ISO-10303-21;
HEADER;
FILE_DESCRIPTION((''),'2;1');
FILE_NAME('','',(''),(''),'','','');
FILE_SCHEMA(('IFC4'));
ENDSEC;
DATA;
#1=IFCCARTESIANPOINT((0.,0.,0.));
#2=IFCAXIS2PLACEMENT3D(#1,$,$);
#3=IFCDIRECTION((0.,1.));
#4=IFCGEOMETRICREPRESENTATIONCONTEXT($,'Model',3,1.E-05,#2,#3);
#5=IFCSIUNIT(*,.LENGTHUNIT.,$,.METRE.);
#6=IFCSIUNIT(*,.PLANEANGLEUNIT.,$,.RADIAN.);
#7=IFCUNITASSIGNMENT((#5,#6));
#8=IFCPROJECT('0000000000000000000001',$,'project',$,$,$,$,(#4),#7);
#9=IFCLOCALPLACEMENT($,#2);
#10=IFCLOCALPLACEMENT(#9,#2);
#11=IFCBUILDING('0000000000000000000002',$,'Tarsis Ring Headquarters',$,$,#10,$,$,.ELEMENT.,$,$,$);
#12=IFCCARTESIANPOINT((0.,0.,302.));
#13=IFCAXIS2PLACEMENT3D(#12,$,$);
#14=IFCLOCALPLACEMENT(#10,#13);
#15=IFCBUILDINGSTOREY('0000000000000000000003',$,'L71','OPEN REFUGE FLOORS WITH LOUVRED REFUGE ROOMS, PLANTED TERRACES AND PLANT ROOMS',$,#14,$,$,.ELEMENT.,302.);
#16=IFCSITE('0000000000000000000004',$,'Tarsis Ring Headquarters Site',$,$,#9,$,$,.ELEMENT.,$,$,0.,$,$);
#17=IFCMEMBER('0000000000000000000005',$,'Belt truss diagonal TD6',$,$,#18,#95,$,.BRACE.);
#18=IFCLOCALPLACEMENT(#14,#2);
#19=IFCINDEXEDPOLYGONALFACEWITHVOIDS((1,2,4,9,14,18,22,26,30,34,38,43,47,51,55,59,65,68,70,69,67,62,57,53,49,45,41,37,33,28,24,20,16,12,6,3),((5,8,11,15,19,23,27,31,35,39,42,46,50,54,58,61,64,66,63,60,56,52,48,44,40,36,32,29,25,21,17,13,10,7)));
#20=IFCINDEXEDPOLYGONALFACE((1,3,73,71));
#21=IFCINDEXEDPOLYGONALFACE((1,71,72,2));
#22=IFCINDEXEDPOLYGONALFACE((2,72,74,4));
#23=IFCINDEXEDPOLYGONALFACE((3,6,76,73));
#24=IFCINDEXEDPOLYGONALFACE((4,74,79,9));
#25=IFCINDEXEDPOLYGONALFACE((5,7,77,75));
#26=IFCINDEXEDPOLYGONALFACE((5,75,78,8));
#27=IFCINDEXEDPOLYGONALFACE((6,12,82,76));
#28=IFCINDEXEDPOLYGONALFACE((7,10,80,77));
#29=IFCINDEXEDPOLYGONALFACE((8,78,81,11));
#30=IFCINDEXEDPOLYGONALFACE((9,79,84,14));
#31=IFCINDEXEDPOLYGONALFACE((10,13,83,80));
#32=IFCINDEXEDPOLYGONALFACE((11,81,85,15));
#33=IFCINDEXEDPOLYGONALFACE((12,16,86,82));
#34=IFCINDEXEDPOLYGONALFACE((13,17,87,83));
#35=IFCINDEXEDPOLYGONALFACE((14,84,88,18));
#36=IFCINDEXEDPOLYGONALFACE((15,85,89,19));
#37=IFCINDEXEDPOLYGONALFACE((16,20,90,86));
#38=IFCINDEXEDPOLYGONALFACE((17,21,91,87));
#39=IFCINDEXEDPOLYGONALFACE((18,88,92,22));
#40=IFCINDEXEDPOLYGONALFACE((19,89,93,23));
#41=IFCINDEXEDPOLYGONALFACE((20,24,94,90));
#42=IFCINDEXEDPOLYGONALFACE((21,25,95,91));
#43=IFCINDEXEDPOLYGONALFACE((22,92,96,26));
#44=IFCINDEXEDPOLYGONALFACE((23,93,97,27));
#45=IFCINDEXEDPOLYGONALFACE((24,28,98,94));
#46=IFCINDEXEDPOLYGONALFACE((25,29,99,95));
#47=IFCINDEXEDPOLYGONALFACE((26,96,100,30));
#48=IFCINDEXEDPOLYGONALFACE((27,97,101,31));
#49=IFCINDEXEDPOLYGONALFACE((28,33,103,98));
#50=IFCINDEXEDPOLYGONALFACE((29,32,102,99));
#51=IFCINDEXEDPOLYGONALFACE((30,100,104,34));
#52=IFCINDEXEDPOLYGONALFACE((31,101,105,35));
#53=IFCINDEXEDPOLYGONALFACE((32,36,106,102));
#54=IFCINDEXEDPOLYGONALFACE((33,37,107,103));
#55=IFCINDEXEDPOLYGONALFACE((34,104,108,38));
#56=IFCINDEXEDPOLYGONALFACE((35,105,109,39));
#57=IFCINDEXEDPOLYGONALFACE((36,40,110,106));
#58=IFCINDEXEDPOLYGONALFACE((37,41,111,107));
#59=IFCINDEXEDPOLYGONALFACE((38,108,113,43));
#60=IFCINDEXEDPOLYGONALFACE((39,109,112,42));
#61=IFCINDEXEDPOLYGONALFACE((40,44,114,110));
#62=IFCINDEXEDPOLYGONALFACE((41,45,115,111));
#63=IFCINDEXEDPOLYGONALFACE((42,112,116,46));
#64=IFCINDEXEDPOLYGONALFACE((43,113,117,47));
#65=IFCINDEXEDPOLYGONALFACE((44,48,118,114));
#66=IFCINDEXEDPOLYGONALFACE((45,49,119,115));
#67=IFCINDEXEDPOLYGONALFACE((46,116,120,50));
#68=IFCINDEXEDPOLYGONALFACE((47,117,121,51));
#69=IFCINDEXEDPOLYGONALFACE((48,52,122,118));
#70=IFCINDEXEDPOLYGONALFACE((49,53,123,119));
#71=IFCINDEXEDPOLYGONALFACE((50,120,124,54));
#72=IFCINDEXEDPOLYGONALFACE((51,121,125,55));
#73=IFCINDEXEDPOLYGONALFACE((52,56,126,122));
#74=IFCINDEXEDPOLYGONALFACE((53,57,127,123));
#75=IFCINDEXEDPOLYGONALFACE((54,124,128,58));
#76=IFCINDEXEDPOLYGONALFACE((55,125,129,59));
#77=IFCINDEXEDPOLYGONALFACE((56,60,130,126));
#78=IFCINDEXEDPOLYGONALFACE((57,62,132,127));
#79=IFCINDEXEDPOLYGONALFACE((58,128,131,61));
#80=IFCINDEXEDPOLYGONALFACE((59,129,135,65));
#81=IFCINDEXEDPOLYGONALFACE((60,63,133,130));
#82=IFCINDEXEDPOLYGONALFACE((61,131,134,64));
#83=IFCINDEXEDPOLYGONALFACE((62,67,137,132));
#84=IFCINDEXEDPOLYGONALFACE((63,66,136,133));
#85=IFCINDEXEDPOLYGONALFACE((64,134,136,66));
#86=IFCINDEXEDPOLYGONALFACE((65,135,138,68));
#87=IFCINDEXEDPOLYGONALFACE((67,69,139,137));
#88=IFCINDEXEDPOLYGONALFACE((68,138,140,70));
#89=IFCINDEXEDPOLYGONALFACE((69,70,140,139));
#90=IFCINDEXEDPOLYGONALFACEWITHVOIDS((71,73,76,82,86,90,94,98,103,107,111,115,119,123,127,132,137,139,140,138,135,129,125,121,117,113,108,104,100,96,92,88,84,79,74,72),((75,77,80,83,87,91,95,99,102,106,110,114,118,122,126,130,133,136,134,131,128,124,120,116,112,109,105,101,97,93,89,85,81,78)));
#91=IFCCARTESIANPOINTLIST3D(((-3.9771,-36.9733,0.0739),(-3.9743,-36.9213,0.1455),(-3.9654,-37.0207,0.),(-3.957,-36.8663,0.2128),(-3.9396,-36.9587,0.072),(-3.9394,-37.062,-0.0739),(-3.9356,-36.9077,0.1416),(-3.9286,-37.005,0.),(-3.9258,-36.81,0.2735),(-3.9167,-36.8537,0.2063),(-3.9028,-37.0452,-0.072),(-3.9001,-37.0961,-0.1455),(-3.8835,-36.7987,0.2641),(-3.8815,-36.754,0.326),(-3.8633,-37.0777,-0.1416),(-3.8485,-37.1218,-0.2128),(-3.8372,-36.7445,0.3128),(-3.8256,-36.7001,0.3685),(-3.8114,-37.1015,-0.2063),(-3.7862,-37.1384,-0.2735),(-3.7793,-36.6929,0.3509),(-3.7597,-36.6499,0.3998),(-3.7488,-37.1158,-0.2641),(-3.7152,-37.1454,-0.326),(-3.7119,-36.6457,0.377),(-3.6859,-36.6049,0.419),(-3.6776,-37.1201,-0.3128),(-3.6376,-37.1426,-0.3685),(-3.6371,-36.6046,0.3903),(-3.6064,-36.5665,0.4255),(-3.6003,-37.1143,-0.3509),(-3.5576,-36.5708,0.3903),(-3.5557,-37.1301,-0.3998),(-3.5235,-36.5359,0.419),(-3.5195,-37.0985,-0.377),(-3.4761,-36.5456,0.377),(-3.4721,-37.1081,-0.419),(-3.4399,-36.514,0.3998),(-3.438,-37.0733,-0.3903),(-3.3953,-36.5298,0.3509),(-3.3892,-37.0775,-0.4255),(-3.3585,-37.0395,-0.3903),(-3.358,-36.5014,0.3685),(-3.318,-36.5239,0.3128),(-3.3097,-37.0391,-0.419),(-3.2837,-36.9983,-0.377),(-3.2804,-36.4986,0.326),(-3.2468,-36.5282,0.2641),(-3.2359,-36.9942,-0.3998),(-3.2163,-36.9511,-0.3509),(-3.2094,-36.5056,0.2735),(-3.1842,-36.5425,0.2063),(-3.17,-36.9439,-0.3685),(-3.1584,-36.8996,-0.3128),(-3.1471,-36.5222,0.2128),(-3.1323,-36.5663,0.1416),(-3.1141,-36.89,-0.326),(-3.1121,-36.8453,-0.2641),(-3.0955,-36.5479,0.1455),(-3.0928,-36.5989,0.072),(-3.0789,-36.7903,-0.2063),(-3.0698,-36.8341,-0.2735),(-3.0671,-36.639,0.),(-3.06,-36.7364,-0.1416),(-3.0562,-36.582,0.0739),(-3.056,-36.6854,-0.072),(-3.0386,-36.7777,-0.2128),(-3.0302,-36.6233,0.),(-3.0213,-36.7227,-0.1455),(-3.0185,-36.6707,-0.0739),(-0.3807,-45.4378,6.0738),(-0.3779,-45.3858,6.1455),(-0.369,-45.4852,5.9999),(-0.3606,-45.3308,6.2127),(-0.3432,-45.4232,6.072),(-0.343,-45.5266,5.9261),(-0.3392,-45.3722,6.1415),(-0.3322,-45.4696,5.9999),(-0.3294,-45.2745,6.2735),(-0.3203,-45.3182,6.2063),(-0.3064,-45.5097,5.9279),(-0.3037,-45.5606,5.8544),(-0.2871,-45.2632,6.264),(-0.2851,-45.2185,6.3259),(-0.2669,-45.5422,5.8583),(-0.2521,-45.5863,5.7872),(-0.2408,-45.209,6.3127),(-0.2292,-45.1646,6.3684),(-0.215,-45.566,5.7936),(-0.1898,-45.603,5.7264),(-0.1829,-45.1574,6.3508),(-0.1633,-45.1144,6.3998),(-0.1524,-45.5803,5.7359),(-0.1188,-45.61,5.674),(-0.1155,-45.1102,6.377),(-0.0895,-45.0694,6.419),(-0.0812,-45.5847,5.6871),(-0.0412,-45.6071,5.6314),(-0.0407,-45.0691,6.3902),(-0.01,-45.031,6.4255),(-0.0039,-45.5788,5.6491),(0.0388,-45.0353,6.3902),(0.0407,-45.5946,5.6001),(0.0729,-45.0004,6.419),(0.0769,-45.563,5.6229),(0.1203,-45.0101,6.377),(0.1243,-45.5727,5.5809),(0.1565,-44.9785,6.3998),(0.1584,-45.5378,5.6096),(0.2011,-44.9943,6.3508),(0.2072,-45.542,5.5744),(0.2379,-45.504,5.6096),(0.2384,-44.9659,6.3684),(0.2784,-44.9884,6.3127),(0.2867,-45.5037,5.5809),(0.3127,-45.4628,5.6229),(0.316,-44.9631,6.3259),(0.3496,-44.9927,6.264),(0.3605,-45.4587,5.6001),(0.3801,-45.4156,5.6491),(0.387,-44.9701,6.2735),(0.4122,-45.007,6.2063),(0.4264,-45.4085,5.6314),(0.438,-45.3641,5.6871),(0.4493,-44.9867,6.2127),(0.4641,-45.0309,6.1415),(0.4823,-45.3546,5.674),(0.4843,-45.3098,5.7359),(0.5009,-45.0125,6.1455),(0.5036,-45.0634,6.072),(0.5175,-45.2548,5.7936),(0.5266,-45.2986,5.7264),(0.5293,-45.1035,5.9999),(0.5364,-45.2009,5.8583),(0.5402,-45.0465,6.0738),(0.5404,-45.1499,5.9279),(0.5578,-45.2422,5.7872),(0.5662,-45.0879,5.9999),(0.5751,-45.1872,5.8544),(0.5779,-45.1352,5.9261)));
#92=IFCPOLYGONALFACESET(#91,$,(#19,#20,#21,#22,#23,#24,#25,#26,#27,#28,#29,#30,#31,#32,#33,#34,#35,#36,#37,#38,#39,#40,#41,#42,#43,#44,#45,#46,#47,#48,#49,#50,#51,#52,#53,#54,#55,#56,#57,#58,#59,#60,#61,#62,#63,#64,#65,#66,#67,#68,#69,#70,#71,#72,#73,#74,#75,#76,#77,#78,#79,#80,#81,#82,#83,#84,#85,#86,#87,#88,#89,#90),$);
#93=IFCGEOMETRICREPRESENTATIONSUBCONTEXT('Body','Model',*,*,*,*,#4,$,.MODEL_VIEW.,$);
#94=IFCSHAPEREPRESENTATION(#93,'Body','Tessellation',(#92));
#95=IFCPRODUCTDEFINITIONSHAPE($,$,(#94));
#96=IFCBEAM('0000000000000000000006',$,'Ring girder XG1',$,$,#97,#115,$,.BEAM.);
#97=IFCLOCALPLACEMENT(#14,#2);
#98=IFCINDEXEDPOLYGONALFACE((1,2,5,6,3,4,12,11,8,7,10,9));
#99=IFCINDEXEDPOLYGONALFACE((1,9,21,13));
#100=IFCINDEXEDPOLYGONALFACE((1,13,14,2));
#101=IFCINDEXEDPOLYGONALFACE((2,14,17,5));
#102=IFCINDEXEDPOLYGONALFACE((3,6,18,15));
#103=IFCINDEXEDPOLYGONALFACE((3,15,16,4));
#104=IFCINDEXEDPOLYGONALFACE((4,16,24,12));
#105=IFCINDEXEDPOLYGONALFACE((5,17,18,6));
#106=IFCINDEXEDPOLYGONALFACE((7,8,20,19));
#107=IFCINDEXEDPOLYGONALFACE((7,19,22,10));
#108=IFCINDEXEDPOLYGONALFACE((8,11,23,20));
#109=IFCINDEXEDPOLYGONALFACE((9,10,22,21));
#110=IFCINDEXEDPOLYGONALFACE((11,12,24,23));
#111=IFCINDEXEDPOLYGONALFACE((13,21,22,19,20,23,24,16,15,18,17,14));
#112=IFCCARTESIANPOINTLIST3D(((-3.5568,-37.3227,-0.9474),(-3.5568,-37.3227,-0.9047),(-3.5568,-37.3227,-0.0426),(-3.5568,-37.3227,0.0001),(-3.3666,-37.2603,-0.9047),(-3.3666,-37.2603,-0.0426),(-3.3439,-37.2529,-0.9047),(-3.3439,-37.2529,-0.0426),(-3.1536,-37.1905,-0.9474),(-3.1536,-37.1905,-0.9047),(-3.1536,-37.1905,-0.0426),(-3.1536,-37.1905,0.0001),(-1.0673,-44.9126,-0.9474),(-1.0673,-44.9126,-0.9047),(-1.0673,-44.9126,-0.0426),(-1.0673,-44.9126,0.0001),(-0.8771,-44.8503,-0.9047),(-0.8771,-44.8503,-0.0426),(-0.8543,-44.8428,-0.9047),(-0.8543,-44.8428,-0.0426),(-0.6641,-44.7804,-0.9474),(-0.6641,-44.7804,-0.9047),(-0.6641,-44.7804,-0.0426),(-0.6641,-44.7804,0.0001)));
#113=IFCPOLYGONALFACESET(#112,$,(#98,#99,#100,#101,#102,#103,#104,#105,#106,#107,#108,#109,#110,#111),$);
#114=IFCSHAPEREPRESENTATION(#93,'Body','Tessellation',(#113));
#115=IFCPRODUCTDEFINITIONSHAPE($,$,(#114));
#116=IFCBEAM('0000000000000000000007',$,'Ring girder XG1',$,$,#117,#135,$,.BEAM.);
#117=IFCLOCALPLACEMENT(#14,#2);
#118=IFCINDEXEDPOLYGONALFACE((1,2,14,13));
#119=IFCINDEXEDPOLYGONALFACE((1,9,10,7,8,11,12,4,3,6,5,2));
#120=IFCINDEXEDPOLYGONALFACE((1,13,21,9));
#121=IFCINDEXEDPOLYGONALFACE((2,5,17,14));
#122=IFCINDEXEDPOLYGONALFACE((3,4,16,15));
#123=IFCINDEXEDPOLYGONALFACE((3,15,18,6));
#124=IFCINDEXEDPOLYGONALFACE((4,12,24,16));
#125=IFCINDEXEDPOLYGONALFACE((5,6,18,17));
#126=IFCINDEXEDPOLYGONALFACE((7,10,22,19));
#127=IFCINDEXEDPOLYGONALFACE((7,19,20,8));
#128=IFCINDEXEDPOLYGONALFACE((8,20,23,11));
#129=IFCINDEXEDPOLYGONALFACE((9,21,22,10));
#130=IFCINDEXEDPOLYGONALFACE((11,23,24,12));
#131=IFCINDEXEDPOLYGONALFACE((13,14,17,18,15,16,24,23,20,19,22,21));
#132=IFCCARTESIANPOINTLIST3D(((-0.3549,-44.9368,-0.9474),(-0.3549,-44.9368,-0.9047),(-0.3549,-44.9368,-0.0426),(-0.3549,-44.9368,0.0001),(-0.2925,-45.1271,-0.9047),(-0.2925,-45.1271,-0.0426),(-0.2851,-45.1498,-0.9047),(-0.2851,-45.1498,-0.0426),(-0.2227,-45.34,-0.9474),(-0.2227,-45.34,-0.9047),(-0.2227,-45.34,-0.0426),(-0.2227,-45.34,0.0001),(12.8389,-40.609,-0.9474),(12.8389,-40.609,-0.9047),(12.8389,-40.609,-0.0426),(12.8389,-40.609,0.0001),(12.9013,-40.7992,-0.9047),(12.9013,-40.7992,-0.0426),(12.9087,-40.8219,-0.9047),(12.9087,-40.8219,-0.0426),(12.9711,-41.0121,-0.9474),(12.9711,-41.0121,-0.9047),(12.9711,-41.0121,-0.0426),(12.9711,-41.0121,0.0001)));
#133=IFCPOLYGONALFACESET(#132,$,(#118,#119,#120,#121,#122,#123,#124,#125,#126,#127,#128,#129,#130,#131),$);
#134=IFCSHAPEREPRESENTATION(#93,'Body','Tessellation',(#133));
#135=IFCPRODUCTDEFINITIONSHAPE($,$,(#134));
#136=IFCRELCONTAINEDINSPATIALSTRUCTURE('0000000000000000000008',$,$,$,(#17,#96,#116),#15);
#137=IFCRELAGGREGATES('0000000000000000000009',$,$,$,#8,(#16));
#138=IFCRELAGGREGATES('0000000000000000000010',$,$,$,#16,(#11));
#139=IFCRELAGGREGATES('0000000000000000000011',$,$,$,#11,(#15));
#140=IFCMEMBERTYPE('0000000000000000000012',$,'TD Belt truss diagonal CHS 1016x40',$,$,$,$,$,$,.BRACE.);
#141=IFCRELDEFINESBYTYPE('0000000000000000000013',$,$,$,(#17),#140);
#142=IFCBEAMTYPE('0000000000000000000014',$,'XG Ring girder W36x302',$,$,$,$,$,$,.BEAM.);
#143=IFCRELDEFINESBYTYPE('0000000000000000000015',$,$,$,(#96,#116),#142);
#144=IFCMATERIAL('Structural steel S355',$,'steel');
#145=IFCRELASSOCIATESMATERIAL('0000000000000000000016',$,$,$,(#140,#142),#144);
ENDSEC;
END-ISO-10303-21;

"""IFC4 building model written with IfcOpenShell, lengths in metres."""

from ifc_helpers import new_model, si_unit, direction, frame, origin, origin_2d, place, context, subcontext, project, spatial, hollow_circle, i_section, extrude, material, material_profile, profile_set, type_object, element, save


model = new_model("IFC4")

# Units and contexts
model_context = context("Model", 3, precision=1e-05, world=origin(), true_north=direction((0.0, 1.0)))
body_context = subcontext(model_context, "Body", "Model", "MODEL_VIEW")
ifc_project = project(units=[si_unit("LENGTHUNIT", "METRE"), si_unit("PLANEANGLEUNIT", "RADIAN")], contexts=[model_context])

# Site, building, storey
site_placement = place(None, origin())
site = spatial("IfcSite", under=ifc_project, at=site_placement, Name="Tarsis Ring Headquarters Site", CompositionType="ELEMENT", RefElevation=0.0)
building_placement = place(site_placement, origin())
building = spatial("IfcBuilding", under=site, at=building_placement, Name="Tarsis Ring Headquarters", CompositionType="ELEMENT")
storey_placement = place(building_placement, frame((0.0, 0.0, 302.0)))
storey = spatial("IfcBuildingStorey", under=building, at=storey_placement, Name="L71", Description="OPEN REFUGE FLOORS WITH LOUVRED REFUGE ROOMS, PLANTED TERRACES AND PLANT ROOMS", CompositionType="ELEMENT", Elevation=302.0)

# Shared definitions
ifc_material_1 = material(Name="Structural steel S355", Category="steel")
ifc_material_profile_1 = material_profile(ifc_material_1, hollow_circle(Radius=0.5081, WallThickness=0.04, at=origin_2d()), Name="CHS 1016x40")
ifc_profile_set_1 = profile_set([ifc_material_profile_1], Name="Structural steel S355")

# Member
member_type = type_object("IfcMemberType", Name="TD Belt truss diagonal CHS 1016x40", PredefinedType="BRACE", material=ifc_profile_set_1)
member_1_placement = place(storey_placement, frame((-3.4978, -36.822, 0.0), z_axis=(0.327512, -0.770836, 0.546395), x_axis=(0.920371, 0.391047, 0.0)))
element("IfcMember", 1, at=member_1_placement, inside=storey, type_object=member_type, Name="Belt truss diagonal TD6", PredefinedType="BRACE", context=body_context, shape_type="SweptSolid", body=[
    extrude(hollow_circle(Radius=0.5081, WallThickness=0.04, at=origin_2d()), origin(), (0.0, 0.0, 1.0), 10.981),
])

# Beams
ifc_material_profile_2 = material_profile(ifc_material_1, i_section(OverallWidth=0.4243, OverallDepth=0.9475, WebThickness=0.0239, FlangeThickness=0.0427, at=origin_2d()), Name="W36x302")
ifc_profile_set_2 = profile_set([ifc_material_profile_2], Name="Structural steel S355")
beam_type_1 = type_object("IfcBeamType", Name="XG Ring girder W36x302", PredefinedType="BEAM", material=ifc_profile_set_2)
beam_1_placement = place(storey_placement, frame((-3.3552, -37.2566, -0.4736), z_axis=(0.311667, -0.950191, 0.0), x_axis=(0.950191, 0.311667, 0.0)))
element("IfcBeam", 2, at=beam_1_placement, inside=storey, type_object=beam_type_1, Name="Ring girder XG1", PredefinedType="BEAM", context=body_context, shape_type="SweptSolid", body=[
    extrude(i_section(OverallWidth=0.4243, OverallDepth=0.9475, WebThickness=0.0239, FlangeThickness=0.0427, at=origin_2d()), origin(), (0.0, 0.0, 1.0), 7.9878),
])
beam_2_placement = place(storey_placement, frame((-0.2888, -45.1384, -0.4736), z_axis=(0.950186, 0.311683, 0.0), x_axis=(-0.311683, 0.950186, 0.0)))
element("IfcBeam", 3, at=beam_2_placement, inside=storey, type_object=beam_type_1, Name="Ring girder XG1", PredefinedType="BEAM", context=body_context, shape_type="SweptSolid", body=[
    extrude(i_section(OverallWidth=0.4243, OverallDepth=0.9475, WebThickness=0.0239, FlangeThickness=0.0427, at=origin_2d()), origin(), (0.0, 0.0, 1.0), 13.8855),
])

save(model, "model.ifc")
